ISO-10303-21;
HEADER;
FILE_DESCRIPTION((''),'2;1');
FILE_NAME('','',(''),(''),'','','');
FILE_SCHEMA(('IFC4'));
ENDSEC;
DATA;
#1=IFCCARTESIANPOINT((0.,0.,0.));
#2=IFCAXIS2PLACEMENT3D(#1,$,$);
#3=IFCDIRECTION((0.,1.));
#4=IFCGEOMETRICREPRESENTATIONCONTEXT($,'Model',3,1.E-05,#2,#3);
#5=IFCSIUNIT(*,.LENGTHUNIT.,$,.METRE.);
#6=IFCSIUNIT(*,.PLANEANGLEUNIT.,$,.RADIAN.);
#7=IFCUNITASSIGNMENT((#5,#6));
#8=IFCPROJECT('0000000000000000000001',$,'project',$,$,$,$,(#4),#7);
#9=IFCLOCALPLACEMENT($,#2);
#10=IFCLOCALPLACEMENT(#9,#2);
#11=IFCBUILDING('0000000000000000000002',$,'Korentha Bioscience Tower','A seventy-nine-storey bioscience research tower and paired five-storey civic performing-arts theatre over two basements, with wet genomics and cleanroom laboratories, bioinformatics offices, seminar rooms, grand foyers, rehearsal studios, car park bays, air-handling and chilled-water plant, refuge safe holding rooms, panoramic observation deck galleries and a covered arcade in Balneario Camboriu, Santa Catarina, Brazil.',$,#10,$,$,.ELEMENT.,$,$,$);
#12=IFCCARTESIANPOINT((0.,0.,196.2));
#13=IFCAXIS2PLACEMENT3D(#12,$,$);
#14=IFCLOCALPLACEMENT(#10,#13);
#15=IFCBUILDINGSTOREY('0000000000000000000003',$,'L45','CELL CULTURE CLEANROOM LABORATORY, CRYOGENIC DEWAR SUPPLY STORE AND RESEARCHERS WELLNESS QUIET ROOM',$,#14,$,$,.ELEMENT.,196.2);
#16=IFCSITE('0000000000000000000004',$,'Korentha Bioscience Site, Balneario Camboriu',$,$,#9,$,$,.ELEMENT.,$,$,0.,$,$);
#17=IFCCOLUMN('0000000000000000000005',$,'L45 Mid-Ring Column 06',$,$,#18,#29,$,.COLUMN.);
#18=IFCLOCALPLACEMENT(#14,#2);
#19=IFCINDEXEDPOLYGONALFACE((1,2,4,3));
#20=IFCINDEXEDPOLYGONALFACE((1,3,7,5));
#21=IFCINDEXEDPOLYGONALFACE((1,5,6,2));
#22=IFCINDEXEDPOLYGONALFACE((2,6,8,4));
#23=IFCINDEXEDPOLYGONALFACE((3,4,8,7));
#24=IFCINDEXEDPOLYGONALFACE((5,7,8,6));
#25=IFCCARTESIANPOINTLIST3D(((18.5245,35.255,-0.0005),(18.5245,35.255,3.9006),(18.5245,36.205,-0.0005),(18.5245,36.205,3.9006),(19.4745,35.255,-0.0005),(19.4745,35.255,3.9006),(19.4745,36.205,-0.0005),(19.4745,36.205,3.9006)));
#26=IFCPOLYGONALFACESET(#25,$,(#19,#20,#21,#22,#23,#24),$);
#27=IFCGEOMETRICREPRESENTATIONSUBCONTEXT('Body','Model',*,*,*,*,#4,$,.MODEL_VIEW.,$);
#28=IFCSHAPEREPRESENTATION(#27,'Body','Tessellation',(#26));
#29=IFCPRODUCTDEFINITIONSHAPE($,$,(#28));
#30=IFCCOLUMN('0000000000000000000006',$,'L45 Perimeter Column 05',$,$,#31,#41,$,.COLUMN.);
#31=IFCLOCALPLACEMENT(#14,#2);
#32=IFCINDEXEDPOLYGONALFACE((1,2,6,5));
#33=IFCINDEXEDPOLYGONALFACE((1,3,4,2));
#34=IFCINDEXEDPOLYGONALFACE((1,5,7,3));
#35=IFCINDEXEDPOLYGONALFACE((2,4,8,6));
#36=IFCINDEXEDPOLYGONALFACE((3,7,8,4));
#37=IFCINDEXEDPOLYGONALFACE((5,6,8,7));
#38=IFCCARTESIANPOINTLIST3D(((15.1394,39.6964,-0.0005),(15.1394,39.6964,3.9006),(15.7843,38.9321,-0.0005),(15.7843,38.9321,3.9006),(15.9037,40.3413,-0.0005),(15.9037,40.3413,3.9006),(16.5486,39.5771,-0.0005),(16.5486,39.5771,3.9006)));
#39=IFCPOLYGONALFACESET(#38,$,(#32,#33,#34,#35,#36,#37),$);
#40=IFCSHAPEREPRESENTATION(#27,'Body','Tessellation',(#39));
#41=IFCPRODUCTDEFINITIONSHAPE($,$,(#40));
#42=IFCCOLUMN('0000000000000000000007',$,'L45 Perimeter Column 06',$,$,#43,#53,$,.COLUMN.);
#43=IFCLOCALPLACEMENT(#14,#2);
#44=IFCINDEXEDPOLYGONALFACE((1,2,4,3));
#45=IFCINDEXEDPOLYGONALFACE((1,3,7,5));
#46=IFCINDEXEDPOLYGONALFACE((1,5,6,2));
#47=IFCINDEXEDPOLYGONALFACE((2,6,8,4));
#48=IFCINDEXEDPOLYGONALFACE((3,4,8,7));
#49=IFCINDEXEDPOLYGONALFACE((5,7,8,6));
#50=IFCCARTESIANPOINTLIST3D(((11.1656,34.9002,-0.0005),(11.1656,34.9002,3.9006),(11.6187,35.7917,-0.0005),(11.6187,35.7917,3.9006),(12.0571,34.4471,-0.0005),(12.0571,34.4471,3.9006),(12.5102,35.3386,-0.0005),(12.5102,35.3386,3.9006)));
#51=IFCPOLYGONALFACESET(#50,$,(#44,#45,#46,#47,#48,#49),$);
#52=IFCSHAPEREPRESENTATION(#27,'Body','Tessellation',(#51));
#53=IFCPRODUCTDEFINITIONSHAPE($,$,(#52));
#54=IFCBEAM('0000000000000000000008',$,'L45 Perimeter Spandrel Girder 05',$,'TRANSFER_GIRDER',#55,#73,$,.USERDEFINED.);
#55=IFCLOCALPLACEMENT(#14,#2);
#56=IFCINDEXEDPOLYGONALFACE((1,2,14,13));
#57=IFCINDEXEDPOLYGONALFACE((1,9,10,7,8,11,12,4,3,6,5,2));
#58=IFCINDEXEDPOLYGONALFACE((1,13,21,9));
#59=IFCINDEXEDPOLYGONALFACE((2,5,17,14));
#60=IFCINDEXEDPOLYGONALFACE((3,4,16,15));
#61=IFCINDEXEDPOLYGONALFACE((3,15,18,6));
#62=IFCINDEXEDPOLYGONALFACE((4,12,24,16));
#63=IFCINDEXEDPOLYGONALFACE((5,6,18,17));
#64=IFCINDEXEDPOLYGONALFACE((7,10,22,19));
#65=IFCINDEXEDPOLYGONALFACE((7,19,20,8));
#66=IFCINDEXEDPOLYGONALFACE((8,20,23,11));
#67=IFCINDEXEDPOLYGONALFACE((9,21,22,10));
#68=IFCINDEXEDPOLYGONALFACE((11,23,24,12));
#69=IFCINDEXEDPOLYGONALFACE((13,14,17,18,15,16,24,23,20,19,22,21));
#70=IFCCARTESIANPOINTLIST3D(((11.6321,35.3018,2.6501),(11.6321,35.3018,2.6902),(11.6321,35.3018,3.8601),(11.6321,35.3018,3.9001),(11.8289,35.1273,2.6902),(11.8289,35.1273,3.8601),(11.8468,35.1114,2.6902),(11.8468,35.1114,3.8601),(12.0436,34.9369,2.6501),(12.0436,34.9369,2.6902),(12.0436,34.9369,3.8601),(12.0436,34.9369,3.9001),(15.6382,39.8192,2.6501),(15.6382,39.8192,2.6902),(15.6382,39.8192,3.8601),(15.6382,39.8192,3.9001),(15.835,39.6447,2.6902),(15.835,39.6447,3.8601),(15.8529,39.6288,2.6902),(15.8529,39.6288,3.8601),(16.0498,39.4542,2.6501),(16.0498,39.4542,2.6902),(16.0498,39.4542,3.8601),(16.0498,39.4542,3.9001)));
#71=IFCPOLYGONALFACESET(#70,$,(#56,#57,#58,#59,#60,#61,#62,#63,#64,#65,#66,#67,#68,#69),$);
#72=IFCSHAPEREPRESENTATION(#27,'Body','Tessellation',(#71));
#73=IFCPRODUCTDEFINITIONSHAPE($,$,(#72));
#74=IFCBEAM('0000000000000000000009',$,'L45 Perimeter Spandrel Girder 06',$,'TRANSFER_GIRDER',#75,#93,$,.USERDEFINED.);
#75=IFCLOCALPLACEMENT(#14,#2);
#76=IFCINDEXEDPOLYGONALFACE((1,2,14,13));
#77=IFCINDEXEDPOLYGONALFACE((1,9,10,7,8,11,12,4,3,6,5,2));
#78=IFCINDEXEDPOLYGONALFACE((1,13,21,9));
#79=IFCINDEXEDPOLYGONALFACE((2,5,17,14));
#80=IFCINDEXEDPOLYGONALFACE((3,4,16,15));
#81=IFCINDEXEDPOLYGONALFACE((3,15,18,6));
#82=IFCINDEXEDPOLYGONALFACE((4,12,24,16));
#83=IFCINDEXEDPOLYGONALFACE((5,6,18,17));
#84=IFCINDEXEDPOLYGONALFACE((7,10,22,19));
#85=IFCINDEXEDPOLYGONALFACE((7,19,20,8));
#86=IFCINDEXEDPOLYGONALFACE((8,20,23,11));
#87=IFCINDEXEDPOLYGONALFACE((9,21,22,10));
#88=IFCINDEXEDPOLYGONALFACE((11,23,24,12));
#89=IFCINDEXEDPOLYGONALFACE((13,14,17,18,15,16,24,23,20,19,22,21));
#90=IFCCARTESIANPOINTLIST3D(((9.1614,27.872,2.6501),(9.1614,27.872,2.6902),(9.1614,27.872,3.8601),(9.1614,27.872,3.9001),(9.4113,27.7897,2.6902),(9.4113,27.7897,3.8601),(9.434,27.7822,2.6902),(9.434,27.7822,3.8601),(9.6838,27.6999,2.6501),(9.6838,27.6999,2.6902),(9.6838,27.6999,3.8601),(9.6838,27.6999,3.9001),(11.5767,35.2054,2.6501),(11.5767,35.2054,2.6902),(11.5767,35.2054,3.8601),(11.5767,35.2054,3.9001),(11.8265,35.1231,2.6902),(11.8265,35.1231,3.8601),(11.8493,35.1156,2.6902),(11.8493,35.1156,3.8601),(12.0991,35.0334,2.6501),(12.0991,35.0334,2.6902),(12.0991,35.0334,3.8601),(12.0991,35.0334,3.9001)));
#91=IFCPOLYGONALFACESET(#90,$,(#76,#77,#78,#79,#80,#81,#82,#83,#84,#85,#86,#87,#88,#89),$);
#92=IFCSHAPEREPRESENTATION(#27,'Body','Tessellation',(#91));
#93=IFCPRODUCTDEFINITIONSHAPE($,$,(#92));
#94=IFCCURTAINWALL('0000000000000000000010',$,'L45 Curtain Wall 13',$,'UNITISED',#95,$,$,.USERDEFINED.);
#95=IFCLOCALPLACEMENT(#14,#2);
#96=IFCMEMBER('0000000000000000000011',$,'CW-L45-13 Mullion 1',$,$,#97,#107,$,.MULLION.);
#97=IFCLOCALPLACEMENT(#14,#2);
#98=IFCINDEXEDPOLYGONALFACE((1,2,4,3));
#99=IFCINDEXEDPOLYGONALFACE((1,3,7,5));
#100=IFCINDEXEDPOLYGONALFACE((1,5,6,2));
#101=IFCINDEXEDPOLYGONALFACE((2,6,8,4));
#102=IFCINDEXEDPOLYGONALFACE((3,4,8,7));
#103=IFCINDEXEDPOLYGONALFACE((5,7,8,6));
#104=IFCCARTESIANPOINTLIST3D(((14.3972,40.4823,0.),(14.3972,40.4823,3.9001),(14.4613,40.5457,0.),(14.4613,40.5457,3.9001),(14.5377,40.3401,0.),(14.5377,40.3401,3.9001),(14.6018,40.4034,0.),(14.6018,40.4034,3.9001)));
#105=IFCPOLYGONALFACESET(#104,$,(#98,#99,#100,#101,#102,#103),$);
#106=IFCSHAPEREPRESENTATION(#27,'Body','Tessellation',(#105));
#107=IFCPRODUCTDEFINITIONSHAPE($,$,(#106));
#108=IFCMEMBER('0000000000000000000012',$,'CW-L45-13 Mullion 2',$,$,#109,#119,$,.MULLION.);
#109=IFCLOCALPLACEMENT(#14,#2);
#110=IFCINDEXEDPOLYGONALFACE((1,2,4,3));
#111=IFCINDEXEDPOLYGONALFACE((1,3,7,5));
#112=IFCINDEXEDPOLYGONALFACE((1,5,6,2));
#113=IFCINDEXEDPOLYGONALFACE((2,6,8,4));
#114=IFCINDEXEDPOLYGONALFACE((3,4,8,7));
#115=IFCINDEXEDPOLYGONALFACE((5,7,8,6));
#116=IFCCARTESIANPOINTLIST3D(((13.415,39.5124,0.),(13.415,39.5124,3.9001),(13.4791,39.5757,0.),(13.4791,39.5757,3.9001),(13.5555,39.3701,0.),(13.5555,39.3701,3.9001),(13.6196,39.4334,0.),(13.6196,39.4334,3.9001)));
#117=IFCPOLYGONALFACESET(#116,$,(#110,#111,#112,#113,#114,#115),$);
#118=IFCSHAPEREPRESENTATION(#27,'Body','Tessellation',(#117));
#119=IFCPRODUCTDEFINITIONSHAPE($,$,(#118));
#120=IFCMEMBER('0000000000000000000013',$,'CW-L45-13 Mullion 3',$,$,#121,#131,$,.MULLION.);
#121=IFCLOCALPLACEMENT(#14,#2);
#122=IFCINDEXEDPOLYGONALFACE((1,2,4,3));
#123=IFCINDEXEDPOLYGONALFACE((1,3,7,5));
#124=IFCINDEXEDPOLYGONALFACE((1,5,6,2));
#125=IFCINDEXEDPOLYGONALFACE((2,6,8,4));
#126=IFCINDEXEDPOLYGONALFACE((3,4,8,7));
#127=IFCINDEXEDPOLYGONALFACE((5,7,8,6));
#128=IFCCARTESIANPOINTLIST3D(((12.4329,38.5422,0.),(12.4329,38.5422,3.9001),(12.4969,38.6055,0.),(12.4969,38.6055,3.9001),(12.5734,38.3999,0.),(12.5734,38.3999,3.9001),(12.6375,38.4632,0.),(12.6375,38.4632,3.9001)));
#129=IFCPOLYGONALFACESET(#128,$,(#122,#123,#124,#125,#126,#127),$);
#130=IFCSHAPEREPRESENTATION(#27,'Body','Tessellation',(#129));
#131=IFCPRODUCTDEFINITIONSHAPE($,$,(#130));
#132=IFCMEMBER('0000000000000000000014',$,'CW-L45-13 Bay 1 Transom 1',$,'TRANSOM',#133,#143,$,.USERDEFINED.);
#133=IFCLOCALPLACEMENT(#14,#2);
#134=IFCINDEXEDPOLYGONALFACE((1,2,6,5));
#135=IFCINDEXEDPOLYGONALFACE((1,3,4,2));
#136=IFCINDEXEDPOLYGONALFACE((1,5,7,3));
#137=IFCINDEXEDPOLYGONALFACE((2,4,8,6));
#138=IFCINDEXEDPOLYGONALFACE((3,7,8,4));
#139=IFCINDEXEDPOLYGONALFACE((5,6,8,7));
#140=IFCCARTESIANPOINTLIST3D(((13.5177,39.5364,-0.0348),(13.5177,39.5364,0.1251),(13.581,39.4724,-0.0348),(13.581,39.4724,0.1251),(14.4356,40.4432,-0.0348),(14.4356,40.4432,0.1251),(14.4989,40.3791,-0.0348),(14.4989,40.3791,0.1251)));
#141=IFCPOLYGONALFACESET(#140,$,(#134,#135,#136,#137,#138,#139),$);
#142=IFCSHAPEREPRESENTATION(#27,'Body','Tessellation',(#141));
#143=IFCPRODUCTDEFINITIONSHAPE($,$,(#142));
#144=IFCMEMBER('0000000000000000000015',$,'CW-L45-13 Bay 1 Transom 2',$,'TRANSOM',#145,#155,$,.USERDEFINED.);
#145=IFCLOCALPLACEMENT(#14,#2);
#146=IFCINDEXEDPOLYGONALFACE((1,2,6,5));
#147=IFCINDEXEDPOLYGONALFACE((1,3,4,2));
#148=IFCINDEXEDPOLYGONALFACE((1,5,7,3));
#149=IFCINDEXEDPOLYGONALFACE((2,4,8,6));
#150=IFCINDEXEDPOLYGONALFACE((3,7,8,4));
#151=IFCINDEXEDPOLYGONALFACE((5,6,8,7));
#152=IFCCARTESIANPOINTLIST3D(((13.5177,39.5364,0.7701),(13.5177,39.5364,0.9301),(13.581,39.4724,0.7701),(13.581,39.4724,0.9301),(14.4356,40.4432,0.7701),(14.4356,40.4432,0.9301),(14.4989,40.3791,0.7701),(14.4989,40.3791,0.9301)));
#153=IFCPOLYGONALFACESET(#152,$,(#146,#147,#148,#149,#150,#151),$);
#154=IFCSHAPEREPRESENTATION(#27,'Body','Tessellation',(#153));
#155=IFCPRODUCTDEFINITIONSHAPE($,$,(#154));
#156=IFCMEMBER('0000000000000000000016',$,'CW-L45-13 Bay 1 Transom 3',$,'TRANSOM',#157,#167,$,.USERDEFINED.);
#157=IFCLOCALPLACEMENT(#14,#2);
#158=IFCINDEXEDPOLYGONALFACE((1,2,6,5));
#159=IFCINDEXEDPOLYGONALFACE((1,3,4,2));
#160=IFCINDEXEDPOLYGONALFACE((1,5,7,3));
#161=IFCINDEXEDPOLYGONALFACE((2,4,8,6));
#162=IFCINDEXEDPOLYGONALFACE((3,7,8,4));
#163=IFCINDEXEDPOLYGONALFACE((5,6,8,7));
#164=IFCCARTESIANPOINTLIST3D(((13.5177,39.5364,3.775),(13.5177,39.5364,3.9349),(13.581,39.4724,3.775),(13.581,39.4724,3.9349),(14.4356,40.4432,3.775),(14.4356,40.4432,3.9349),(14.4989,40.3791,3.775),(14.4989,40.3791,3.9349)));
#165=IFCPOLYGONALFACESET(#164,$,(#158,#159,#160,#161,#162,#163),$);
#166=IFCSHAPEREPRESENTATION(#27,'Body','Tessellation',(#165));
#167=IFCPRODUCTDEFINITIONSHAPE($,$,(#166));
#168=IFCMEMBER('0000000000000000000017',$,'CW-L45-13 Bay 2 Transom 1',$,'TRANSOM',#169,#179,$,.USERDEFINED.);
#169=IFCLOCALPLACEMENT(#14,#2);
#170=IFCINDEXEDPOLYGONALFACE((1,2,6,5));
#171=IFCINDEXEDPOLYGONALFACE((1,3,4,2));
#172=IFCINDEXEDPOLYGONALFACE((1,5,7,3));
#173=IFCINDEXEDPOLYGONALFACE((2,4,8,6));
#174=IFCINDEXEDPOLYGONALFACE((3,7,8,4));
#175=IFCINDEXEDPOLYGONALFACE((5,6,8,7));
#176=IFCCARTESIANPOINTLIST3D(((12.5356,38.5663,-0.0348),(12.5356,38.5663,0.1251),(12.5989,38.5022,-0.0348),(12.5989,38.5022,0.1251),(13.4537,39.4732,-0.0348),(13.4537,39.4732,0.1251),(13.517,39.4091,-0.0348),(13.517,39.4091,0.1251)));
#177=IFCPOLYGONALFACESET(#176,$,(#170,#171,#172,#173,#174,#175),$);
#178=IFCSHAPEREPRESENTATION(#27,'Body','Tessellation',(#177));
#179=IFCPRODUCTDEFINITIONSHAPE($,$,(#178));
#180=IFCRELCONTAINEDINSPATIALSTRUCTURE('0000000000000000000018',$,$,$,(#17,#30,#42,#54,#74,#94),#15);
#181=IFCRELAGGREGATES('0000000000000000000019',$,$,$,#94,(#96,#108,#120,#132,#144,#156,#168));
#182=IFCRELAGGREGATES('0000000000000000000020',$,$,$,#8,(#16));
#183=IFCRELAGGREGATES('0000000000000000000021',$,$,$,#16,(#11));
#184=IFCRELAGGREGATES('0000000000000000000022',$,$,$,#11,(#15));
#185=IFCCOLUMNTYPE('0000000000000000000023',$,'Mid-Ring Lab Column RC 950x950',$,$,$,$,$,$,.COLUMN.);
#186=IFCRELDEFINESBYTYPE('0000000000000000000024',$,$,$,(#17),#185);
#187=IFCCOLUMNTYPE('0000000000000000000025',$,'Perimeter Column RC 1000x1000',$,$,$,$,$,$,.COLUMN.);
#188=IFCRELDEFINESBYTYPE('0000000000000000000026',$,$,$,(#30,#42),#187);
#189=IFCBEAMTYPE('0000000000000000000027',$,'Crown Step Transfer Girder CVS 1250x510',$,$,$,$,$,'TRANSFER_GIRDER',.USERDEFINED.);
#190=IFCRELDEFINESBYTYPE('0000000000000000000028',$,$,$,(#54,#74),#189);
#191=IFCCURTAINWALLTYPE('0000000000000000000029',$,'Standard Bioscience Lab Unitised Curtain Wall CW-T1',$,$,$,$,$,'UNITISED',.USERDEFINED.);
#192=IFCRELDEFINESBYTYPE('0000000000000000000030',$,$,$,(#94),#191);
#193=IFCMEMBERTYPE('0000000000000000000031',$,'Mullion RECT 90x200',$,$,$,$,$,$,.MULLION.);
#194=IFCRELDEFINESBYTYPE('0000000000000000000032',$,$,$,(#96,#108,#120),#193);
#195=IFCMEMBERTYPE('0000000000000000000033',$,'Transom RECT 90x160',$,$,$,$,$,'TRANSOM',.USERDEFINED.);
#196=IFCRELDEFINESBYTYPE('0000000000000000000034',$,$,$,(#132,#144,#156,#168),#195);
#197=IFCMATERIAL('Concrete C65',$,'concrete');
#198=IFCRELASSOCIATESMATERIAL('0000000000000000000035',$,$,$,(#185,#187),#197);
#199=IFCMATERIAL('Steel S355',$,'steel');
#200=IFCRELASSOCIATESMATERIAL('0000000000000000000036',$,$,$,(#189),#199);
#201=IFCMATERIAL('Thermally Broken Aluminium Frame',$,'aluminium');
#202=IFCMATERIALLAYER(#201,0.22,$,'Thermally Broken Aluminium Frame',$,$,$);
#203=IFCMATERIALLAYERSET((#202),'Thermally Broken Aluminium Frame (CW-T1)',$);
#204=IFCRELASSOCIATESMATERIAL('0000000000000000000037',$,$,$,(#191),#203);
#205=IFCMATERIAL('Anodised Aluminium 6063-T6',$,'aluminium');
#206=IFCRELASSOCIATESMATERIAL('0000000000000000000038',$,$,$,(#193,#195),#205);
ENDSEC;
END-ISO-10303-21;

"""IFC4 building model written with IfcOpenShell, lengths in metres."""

from ifc_helpers import new_model, si_unit, direction, frame, origin, origin_2d, place, context, subcontext, project, spatial, rectangle, i_section, extrude, material, layer, layer_set, material_profile, profile_set, type_object, element, aggregate, save


model = new_model("IFC4")

# Units and contexts
model_context = context("Model", 3, precision=1e-05, world=origin(), true_north=direction((0.0, 1.0)))
body_context = subcontext(model_context, "Body", "Model", "MODEL_VIEW")
ifc_project = project(units=[si_unit("LENGTHUNIT", "METRE"), si_unit("PLANEANGLEUNIT", "RADIAN")], contexts=[model_context])

# Site, building, storey
site_placement = place(None, origin())
site = spatial("IfcSite", under=ifc_project, at=site_placement, Name="Korentha Bioscience Site, Balneario Camboriu", CompositionType="ELEMENT", RefElevation=0.0)
building_placement = place(site_placement, origin())
building = spatial("IfcBuilding", under=site, at=building_placement, Name="Korentha Bioscience Tower", Description="A seventy-nine-storey bioscience research tower and paired five-storey civic performing-arts theatre over two basements, with wet genomics and cleanroom laboratories, bioinformatics offices, seminar rooms, grand foyers, rehearsal studios, car park bays, air-handling and chilled-water plant, refuge safe holding rooms, panoramic observation deck galleries and a covered arcade in Balneario Camboriu, Santa Catarina, Brazil.", CompositionType="ELEMENT")
storey_placement = place(building_placement, frame((0.0, 0.0, 196.2)))
storey = spatial("IfcBuildingStorey", under=building, at=storey_placement, Name="L45", Description="CELL CULTURE CLEANROOM LABORATORY, CRYOGENIC DEWAR SUPPLY STORE AND RESEARCHERS WELLNESS QUIET ROOM", CompositionType="ELEMENT", Elevation=196.2)

# Columns
ifc_material_1 = material(Name="Concrete C65", Category="concrete")
ifc_material_profile_1 = material_profile(ifc_material_1, rectangle(XDim=0.95, YDim=0.95, at=origin_2d()), Name="Concrete C65")
ifc_profile_set_1 = profile_set([ifc_material_profile_1], Name="Concrete C65 (COL-MR09)")
column_type_1 = type_object("IfcColumnType", Name="Mid-Ring Lab Column RC 950x950", PredefinedType="COLUMN", material=ifc_profile_set_1)
column_placement = place(storey_placement, frame((18.9995, 35.73, -0.0005), z_axis=(0.0, 0.0, 1.0), x_axis=(1.0, 0.0, 0.0)))
element("IfcColumn", 1, at=column_placement, inside=storey, type_object=column_type_1, Name="L45 Mid-Ring Column 06", PredefinedType="COLUMN", context=body_context, shape_type="SweptSolid", body=[
    extrude(rectangle(XDim=0.95, YDim=0.95, at=origin_2d()), origin(), (0.0, 0.0, 1.0), 3.9011),
])
ifc_material_profile_2 = material_profile(ifc_material_1, rectangle(XDim=1.0, YDim=1.0, at=origin_2d()), Name="Concrete C65")
ifc_profile_set_2 = profile_set([ifc_material_profile_2], Name="Concrete C65 (COL-P10)")
column_type_2 = type_object("IfcColumnType", Name="Perimeter Column RC 1000x1000", PredefinedType="COLUMN", material=ifc_profile_set_2)
for number, where, z_axis, x_axis, name in (
    (2, (15.844, 39.6367, -0.0005), (0.0, 0.0, 1.0), (0.764246, 0.644924, 0.0), "L45 Perimeter Column 05"),
    (3, (11.8379, 35.1194, -0.0005), (0.0, 0.0, 1.0), (0.453057, 0.891481, 0.0), "L45 Perimeter Column 06"),
):
    element("IfcColumn", number, at=place(storey_placement, frame(where, z_axis=z_axis, x_axis=x_axis)), inside=storey, type_object=column_type_2, Name=name, PredefinedType="COLUMN", context=body_context, shape_type="SweptSolid", body=[
        extrude(rectangle(XDim=1.0, YDim=1.0, at=origin_2d()), origin(), (0.0, 0.0, 1.0), 3.9011),
    ])

# Beams
ifc_material_2 = material(Name="Steel S355", Category="steel")
ifc_material_profile_3 = material_profile(ifc_material_2, i_section(OverallWidth=0.55, OverallDepth=1.25, WebThickness=0.0239, FlangeThickness=0.04, at=origin_2d()), Name="Steel S355")
ifc_profile_set_3 = profile_set([ifc_material_profile_3], Name="Steel S355 (TG-03)")
beam_type = type_object("IfcBeamType", Name="Crown Step Transfer Girder CVS 1250x510", ElementType="TRANSFER_GIRDER", PredefinedType="USERDEFINED", material=ifc_profile_set_3)
beam_1_placement = place(storey_placement, frame((15.844, 39.6367, 3.2751), z_axis=(-0.663503, -0.748174, 0.0), x_axis=(0.748174, -0.663503, 0.0)))
element("IfcBeam", 4, at=beam_1_placement, inside=storey, type_object=beam_type, Name="L45 Perimeter Spandrel Girder 05", ObjectType="TRANSFER_GIRDER", PredefinedType="USERDEFINED", context=body_context, shape_type="SweptSolid", body=[
    extrude(i_section(OverallWidth=0.55, OverallDepth=1.25, WebThickness=0.0239, FlangeThickness=0.04, at=origin_2d()), origin(), (0.0, 0.0, 1.0), 6.0378),
])
beam_2_placement = place(storey_placement, frame((11.8379, 35.1194, 3.2751), z_axis=(-0.31282, -0.949812, 0.0), x_axis=(0.949812, -0.31282, 0.0)))
element("IfcBeam", 5, at=beam_2_placement, inside=storey, type_object=beam_type, Name="L45 Perimeter Spandrel Girder 06", ObjectType="TRANSFER_GIRDER", PredefinedType="USERDEFINED", context=body_context, shape_type="SweptSolid", body=[
    extrude(i_section(OverallWidth=0.55, OverallDepth=1.25, WebThickness=0.0239, FlangeThickness=0.04, at=origin_2d()), origin(), (0.0, 0.0, 1.0), 7.7209),
])

# Curtain wall, members
ifc_material_3 = material(Name="Thermally Broken Aluminium Frame", Category="aluminium")
ifc_layer_1 = layer(ifc_material_3, 0.22, Name="Thermally Broken Aluminium Frame")
ifc_layer_set_1 = layer_set([ifc_layer_1], Name="Thermally Broken Aluminium Frame (CW-T1)")
curtain_wall_type = type_object("IfcCurtainWallType", Name="Standard Bioscience Lab Unitised Curtain Wall CW-T1", ElementType="UNITISED", PredefinedType="USERDEFINED", material=ifc_layer_set_1)
curtain_wall_placement = place(storey_placement, origin())
curtain_wall = element("IfcCurtainWall", 6, at=curtain_wall_placement, inside=storey, type_object=curtain_wall_type, Name="L45 Curtain Wall 13", ObjectType="UNITISED", PredefinedType="USERDEFINED")
ifc_material_4 = material(Name="Anodised Aluminium 6063-T6", Category="aluminium")
ifc_material_profile_4 = material_profile(ifc_material_4, rectangle(XDim=0.0901, YDim=0.2, at=origin_2d()), Name="Anodised Aluminium 6063-T6")
ifc_profile_set_4 = profile_set([ifc_material_profile_4], Name="Anodised Aluminium 6063-T6 (CW-MUL)")
member_type_1 = type_object("IfcMemberType", Name="Mullion RECT 90x200", PredefinedType="MULLION", material=ifc_profile_set_4)
member_1_placement = place(storey_placement, frame((14.4995, 40.4429, 0.0), z_axis=(0.0, 0.0, 1.0), x_axis=(-0.711461, -0.702726, 0.0)))
member_1 = element("IfcMember", 7, at=member_1_placement, type_object=member_type_1, Name="CW-L45-13 Mullion 1", PredefinedType="MULLION", context=body_context, shape_type="SweptSolid", body=[
    extrude(rectangle(XDim=0.0901, YDim=0.2, at=origin_2d()), origin(), (0.0, 0.0, 1.0), 3.9001),
])
member_2_placement = place(storey_placement, frame((13.5173, 39.4729, 0.0), z_axis=(0.0, 0.0, 1.0), x_axis=(-0.711461, -0.702726, 0.0)))
member_2 = element("IfcMember", 8, at=member_2_placement, type_object=member_type_1, Name="CW-L45-13 Mullion 2", PredefinedType="MULLION", context=body_context, shape_type="SweptSolid", body=[
    extrude(rectangle(XDim=0.0901, YDim=0.2, at=origin_2d()), origin(), (0.0, 0.0, 1.0), 3.9001),
])
member_3_placement = place(storey_placement, frame((12.5352, 38.5027, 0.0), z_axis=(0.0, 0.0, 1.0), x_axis=(-0.711461, -0.702726, 0.0)))
member_3 = element("IfcMember", 9, at=member_3_placement, type_object=member_type_1, Name="CW-L45-13 Mullion 3", PredefinedType="MULLION", context=body_context, shape_type="SweptSolid", body=[
    extrude(rectangle(XDim=0.0901, YDim=0.2, at=origin_2d()), origin(), (0.0, 0.0, 1.0), 3.9001),
])
ifc_material_profile_5 = material_profile(ifc_material_4, rectangle(XDim=0.0901, YDim=0.1599, at=origin_2d()), Name="Anodised Aluminium 6063-T6")
ifc_profile_set_5 = profile_set([ifc_material_profile_5], Name="Anodised Aluminium 6063-T6 (CW-TRN)")
member_type_2 = type_object("IfcMemberType", Name="Transom RECT 90x160", ElementType="TRANSOM", PredefinedType="USERDEFINED", material=ifc_profile_set_5)
member_4_placement = place(storey_placement, frame((14.4673, 40.4111, 0.0452), z_axis=(-0.711445, -0.702741, 0.0), x_axis=(0.702741, -0.711445, 0.0)))
member_4 = element("IfcMember", 10, at=member_4_placement, type_object=member_type_2, Name="CW-L45-13 Bay 1 Transom 1", ObjectType="TRANSOM", PredefinedType="USERDEFINED", context=body_context, shape_type="SweptSolid", body=[
    extrude(rectangle(XDim=0.0901, YDim=0.1599, at=origin_2d()), origin(), (0.0, 0.0, 1.0), 1.2903),
])
member_5_placement = place(storey_placement, frame((14.4673, 40.4111, 0.8501), z_axis=(-0.711445, -0.702741, 0.0), x_axis=(0.702741, -0.711445, 0.0)))
member_5 = element("IfcMember", 11, at=member_5_placement, type_object=member_type_2, Name="CW-L45-13 Bay 1 Transom 2", ObjectType="TRANSOM", PredefinedType="USERDEFINED", context=body_context, shape_type="SweptSolid", body=[
    extrude(rectangle(XDim=0.0901, YDim=0.1599, at=origin_2d()), origin(), (0.0, 0.0, 1.0), 1.2903),
])
member_6_placement = place(storey_placement, frame((14.4673, 40.4111, 3.855), z_axis=(-0.711445, -0.702741, 0.0), x_axis=(0.702741, -0.711445, 0.0)))
member_6 = element("IfcMember", 12, at=member_6_placement, type_object=member_type_2, Name="CW-L45-13 Bay 1 Transom 3", ObjectType="TRANSOM", PredefinedType="USERDEFINED", context=body_context, shape_type="SweptSolid", body=[
    extrude(rectangle(XDim=0.0901, YDim=0.1599, at=origin_2d()), origin(), (0.0, 0.0, 1.0), 1.2903),
])
member_7_placement = place(storey_placement, frame((13.4854, 39.4412, 0.0452), z_axis=(-0.711444, -0.702743, 0.0), x_axis=(0.702743, -0.711444, 0.0)))
member_7 = element("IfcMember", 13, at=member_7_placement, type_object=member_type_2, Name="CW-L45-13 Bay 2 Transom 1", ObjectType="TRANSOM", PredefinedType="USERDEFINED", context=body_context, shape_type="SweptSolid", body=[
    extrude(rectangle(XDim=0.0901, YDim=0.1599, at=origin_2d()), origin(), (0.0, 0.0, 1.0), 1.2905),
])
aggregate(curtain_wall, [member_1, member_2, member_3, member_4, member_5, member_6, member_7])

save(model, "model.ifc")
